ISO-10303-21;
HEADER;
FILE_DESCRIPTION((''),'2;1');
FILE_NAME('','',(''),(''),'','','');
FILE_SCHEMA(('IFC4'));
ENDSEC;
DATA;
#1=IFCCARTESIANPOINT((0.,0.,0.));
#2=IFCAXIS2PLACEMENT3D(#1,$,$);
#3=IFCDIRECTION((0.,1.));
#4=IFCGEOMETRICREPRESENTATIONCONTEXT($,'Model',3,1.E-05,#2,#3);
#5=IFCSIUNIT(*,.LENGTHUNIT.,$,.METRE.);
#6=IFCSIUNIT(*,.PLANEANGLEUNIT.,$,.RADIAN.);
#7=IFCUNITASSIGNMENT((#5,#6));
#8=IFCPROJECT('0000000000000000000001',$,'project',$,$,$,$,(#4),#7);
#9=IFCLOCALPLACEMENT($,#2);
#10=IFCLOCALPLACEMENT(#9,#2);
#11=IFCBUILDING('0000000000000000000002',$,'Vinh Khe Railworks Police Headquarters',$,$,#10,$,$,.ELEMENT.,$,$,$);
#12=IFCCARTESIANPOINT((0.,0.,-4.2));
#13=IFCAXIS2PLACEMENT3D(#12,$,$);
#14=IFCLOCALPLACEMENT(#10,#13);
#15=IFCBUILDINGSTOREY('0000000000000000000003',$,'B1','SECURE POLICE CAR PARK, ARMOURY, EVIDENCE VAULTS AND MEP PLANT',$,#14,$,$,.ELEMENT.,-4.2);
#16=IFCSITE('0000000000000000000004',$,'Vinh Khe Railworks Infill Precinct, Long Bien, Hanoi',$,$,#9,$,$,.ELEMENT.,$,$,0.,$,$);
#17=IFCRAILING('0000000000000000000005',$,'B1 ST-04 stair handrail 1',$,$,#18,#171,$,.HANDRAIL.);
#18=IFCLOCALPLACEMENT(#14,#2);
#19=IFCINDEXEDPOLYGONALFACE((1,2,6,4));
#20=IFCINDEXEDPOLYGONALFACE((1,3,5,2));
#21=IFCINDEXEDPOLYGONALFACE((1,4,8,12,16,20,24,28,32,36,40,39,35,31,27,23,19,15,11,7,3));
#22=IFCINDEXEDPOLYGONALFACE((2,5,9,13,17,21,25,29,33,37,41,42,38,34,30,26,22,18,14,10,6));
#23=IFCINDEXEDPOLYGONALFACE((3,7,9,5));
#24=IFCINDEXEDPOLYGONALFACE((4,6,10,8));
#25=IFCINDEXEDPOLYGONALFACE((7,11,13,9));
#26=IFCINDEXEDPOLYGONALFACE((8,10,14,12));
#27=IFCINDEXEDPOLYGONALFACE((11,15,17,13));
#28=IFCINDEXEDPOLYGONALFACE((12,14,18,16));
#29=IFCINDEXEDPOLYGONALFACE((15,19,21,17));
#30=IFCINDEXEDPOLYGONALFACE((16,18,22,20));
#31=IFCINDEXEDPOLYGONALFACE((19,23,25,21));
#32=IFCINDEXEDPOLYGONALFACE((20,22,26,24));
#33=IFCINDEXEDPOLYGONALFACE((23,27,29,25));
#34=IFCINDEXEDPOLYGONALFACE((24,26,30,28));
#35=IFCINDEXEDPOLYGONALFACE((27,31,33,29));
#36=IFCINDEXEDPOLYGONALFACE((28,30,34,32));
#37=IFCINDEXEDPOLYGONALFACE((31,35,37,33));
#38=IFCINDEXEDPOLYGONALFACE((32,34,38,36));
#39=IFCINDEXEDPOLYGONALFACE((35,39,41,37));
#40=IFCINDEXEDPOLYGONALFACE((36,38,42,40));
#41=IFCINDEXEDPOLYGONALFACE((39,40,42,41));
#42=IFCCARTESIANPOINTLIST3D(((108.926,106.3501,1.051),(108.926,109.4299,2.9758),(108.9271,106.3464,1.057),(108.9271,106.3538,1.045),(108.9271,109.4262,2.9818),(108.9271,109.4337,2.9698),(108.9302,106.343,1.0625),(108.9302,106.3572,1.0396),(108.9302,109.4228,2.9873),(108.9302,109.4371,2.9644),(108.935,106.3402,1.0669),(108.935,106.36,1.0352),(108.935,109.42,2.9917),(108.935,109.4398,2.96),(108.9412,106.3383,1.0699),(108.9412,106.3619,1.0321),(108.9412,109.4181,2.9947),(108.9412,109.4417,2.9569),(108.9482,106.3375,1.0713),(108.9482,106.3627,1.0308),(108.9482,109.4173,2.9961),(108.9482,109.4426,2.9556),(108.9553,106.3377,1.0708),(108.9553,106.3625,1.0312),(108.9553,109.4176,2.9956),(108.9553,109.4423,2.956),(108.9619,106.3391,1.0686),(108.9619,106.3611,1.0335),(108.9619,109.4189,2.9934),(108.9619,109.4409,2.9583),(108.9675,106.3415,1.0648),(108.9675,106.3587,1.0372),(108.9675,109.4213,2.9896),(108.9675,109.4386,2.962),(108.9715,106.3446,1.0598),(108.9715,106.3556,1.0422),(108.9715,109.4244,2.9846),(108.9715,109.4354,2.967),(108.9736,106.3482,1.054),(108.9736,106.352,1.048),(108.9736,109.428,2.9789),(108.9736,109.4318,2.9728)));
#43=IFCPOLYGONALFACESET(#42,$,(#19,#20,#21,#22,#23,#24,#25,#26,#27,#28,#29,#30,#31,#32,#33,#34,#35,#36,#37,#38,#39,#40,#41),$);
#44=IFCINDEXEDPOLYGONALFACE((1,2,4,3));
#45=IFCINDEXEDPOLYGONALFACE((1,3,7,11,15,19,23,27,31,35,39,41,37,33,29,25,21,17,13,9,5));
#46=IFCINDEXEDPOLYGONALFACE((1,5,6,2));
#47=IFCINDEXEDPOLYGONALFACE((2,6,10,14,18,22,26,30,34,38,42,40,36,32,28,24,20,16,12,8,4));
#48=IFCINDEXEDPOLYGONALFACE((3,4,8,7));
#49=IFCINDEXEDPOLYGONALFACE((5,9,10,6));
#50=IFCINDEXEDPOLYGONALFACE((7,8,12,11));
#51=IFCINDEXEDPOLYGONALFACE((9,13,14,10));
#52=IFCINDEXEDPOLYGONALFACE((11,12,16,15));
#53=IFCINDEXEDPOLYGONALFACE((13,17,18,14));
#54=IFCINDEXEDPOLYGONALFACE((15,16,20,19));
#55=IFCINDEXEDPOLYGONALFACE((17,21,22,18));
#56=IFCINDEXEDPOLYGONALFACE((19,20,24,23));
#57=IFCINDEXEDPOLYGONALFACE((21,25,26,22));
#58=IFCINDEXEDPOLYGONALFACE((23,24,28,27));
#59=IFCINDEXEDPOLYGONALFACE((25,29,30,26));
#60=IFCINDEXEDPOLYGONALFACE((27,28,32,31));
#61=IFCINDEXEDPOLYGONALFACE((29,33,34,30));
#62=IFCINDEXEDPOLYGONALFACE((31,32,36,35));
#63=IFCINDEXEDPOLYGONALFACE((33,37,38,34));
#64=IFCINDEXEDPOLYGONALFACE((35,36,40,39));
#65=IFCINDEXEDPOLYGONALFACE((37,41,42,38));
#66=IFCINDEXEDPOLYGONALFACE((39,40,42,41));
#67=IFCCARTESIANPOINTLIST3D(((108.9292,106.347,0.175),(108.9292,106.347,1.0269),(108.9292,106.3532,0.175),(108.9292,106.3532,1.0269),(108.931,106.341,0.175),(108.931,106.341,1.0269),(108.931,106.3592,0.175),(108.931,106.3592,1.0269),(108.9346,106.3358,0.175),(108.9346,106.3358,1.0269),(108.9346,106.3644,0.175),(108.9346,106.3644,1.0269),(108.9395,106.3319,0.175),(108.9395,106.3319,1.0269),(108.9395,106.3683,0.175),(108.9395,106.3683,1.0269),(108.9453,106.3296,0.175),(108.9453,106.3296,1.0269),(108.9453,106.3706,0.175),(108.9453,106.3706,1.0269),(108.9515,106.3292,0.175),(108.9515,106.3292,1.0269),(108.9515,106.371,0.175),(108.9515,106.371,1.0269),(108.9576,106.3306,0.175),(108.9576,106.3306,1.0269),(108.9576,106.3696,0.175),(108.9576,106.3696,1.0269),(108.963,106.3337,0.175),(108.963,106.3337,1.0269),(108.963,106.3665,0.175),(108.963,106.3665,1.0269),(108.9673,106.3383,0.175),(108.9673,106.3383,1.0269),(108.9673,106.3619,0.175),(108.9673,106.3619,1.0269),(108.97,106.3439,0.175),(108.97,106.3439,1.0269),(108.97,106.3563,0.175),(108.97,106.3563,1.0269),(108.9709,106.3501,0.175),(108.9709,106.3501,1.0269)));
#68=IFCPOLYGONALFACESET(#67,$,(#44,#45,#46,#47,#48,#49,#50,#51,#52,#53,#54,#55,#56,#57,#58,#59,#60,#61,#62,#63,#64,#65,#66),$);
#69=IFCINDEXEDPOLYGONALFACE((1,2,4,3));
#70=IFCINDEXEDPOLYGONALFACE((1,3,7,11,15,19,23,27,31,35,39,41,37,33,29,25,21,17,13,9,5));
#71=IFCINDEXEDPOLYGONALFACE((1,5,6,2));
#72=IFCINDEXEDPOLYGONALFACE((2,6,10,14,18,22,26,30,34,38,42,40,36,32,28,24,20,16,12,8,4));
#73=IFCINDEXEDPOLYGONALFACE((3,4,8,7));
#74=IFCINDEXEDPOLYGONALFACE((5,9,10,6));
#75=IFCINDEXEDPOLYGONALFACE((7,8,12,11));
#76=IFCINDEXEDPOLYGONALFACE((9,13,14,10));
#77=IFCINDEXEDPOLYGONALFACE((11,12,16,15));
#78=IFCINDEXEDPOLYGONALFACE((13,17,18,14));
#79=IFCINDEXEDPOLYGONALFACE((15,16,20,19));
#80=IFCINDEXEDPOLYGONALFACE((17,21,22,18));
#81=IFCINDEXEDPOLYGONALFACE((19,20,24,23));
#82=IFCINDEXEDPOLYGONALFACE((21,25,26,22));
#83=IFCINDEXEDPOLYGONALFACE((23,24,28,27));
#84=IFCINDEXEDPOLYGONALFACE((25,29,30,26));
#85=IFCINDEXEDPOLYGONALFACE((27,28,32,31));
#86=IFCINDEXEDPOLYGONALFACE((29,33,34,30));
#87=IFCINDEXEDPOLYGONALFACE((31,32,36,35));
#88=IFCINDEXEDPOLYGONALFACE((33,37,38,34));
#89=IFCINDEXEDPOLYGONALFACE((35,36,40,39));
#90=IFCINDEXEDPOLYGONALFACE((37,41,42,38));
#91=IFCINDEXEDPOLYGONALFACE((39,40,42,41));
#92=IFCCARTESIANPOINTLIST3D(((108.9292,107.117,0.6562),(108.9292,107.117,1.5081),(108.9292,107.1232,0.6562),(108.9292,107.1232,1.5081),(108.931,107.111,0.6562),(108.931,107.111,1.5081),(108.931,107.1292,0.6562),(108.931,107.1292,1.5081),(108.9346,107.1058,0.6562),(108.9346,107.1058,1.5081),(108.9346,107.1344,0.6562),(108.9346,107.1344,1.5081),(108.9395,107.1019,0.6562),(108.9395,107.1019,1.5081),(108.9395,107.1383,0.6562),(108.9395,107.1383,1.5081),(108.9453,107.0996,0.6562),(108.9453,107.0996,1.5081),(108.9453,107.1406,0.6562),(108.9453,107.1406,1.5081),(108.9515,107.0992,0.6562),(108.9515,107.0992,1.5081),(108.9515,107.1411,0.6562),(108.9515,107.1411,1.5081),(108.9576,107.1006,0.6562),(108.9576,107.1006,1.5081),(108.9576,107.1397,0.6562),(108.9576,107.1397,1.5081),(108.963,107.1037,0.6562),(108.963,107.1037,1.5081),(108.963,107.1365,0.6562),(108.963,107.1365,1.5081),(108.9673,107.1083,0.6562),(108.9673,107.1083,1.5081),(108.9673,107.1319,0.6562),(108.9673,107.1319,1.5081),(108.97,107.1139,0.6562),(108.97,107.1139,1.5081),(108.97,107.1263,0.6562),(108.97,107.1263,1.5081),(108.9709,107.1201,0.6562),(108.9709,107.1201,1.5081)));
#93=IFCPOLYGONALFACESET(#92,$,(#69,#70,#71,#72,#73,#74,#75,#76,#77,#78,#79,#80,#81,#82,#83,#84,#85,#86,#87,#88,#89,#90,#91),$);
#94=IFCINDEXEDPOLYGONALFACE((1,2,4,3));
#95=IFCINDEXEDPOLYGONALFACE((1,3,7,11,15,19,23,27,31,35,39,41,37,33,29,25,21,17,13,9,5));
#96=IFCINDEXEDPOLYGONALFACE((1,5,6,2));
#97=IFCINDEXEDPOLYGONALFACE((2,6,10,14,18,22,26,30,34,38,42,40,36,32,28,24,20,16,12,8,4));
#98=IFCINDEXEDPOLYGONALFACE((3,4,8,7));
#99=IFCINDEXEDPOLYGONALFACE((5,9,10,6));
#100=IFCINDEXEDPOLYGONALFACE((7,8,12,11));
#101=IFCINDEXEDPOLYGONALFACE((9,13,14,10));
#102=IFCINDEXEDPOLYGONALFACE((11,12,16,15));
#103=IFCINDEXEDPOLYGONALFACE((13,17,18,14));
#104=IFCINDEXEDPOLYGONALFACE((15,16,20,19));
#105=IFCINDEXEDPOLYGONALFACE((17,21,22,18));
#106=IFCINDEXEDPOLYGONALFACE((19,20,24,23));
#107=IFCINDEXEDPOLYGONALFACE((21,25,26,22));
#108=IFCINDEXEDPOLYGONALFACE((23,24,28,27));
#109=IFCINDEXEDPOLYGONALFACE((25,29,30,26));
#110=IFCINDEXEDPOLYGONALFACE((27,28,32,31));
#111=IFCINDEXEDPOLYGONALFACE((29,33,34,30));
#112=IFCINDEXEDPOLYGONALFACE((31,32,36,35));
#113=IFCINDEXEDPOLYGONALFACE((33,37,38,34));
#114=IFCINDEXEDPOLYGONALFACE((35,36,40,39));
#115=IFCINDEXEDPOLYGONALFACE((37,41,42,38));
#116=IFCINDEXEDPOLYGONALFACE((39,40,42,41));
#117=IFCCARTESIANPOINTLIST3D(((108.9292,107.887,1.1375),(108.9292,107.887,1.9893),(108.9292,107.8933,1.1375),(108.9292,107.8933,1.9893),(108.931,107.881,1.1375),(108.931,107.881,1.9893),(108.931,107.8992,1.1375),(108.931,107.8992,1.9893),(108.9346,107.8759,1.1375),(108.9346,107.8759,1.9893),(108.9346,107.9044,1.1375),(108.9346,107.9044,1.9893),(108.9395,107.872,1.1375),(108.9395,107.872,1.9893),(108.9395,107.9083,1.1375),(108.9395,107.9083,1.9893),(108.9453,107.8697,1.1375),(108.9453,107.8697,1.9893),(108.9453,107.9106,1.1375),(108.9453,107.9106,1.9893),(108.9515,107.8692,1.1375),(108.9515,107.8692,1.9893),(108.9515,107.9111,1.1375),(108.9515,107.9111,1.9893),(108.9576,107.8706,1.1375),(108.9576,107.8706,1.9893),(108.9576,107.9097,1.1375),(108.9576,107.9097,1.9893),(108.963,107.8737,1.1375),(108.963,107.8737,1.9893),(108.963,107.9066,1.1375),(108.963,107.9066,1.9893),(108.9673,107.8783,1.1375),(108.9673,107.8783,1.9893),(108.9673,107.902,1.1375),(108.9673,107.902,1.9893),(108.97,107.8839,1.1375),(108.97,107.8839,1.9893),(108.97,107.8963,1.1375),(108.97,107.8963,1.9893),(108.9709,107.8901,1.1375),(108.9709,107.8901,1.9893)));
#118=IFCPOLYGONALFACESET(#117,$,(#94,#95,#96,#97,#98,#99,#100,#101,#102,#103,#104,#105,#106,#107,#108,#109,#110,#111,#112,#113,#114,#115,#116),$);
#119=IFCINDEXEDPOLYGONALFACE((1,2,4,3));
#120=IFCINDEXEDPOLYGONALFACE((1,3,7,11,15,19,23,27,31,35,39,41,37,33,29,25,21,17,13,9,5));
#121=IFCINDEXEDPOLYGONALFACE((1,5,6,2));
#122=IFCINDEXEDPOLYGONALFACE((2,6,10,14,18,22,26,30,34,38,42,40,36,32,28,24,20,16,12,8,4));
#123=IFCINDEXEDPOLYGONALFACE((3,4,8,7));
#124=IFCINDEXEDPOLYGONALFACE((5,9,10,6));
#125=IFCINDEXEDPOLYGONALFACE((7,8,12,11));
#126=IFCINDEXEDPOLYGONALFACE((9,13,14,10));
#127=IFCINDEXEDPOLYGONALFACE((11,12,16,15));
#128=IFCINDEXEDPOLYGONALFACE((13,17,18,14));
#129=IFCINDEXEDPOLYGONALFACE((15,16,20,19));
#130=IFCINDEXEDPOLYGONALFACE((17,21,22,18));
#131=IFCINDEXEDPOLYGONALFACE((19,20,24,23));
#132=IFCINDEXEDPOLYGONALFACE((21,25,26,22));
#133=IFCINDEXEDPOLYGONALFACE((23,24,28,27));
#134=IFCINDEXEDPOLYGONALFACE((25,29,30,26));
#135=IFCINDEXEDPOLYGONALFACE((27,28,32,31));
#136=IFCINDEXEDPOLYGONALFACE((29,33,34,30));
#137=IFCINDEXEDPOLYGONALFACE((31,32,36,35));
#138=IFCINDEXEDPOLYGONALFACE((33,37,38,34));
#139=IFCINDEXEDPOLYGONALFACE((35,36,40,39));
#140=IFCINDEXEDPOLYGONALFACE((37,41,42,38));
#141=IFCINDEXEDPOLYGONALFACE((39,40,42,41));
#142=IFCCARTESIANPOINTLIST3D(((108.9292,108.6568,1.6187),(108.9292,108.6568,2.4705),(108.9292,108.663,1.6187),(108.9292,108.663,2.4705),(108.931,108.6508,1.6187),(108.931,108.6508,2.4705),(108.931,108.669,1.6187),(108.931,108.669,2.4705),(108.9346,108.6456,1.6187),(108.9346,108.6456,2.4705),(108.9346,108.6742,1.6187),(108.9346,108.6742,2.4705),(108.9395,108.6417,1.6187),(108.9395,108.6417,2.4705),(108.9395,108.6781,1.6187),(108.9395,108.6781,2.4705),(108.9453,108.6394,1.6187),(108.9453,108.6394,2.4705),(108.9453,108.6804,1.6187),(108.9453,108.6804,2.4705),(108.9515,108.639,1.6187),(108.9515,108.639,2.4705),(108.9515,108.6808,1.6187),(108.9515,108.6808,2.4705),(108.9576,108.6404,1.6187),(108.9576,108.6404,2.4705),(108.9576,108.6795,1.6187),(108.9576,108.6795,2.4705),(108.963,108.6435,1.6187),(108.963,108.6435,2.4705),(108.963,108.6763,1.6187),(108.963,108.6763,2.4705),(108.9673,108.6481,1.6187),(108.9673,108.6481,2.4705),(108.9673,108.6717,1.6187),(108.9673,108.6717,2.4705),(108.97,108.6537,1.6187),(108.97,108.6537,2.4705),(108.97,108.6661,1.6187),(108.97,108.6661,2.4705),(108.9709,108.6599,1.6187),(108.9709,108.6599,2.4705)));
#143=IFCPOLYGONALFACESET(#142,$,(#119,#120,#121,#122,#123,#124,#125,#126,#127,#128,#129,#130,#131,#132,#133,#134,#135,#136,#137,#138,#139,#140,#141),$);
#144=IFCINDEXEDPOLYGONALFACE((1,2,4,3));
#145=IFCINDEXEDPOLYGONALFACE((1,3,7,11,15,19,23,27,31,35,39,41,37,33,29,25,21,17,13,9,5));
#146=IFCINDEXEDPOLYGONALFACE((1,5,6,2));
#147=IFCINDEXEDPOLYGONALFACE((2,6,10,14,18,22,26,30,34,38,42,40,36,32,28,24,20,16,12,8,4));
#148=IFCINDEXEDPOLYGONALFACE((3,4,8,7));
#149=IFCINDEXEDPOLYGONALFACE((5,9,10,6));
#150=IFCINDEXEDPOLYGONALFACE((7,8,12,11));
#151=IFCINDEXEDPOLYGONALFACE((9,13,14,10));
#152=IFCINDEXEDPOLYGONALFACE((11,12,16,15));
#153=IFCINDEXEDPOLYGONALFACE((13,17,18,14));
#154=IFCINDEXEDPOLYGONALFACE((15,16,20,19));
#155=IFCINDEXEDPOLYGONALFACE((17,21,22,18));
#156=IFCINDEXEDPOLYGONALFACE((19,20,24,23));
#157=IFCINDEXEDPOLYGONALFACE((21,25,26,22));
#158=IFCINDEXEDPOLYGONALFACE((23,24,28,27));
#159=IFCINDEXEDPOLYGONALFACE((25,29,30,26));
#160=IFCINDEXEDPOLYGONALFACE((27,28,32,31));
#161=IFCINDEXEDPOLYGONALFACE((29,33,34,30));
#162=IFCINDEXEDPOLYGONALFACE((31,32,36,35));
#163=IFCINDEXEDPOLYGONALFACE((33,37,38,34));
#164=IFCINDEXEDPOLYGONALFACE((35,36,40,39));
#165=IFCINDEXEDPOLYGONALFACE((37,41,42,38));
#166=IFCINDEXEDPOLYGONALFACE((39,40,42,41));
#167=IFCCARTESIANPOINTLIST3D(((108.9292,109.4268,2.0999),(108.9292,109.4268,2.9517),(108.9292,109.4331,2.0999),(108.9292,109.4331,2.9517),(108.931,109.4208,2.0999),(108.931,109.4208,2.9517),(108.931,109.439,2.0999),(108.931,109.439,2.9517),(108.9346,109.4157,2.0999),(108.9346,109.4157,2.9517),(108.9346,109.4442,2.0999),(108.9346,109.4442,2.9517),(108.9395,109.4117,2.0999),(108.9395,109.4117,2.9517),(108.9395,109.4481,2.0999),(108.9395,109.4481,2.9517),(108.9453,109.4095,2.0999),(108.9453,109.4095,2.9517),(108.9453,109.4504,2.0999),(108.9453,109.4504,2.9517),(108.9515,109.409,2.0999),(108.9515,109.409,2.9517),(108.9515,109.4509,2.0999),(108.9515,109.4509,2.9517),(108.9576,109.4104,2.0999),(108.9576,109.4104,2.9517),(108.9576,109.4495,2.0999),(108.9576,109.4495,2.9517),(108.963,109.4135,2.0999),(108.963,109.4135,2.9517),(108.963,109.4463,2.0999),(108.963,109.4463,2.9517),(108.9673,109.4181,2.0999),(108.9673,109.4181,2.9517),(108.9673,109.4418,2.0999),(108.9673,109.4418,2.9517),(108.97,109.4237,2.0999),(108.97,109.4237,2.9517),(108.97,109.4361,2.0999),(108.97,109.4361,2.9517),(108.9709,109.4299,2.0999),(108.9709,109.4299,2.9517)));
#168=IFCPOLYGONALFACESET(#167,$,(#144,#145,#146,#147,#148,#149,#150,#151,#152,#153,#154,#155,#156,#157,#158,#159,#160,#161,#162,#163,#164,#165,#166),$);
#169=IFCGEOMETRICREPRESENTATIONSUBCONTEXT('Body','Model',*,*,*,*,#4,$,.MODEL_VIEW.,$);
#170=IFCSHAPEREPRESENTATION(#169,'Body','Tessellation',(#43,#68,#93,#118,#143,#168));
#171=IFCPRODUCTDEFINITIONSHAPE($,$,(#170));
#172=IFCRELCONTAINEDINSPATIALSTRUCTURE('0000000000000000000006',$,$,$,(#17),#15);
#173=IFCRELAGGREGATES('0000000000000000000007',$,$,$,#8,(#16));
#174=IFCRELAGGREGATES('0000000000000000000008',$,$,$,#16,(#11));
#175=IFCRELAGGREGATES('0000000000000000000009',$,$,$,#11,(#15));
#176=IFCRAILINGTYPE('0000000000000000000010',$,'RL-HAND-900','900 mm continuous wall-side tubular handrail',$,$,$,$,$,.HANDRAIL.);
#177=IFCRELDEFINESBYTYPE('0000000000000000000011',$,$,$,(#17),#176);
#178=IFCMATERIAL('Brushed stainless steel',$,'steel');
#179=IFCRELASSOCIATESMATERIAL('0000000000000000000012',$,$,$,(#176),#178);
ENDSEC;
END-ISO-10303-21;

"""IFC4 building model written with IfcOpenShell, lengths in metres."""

from ifc_helpers import new_model, si_unit, direction, frame, origin, origin_2d, place, context, subcontext, project, spatial, circle, extrude, material, type_object, element, save


model = new_model("IFC4")

# Units and contexts
model_context = context("Model", 3, precision=1e-05, world=origin(), true_north=direction((0.0, 1.0)))
body_context = subcontext(model_context, "Body", "Model", "MODEL_VIEW")
ifc_project = project(units=[si_unit("LENGTHUNIT", "METRE"), si_unit("PLANEANGLEUNIT", "RADIAN")], contexts=[model_context])

# Site, building, storey
site_placement = place(None, origin())
site = spatial("IfcSite", under=ifc_project, at=site_placement, Name="Vinh Khe Railworks Infill Precinct, Long Bien, Hanoi", CompositionType="ELEMENT", RefElevation=0.0)
building_placement = place(site_placement, origin())
building = spatial("IfcBuilding", under=site, at=building_placement, Name="Vinh Khe Railworks Police Headquarters", CompositionType="ELEMENT")
storey_placement = place(building_placement, frame((0.0, 0.0, -4.2)))
storey = spatial("IfcBuildingStorey", under=building, at=storey_placement, Name="B1", Description="SECURE POLICE CAR PARK, ARMOURY, EVIDENCE VAULTS AND MEP PLANT", CompositionType="ELEMENT", Elevation=-4.2)

# Railing
ifc_material_1 = material(Name="Brushed stainless steel", Category="steel")
railing_type_1 = type_object("IfcRailingType", Name="RL-HAND-900", Description="900 mm continuous wall-side tubular handrail", PredefinedType="HANDRAIL", material=ifc_material_1)
railing_1_placement = place(storey_placement, frame((108.95, 106.3501, 0.175)))
element("IfcRailing", 1, at=railing_1_placement, inside=storey, type_object=railing_type_1, Name="B1 ST-04 stair handrail 1", PredefinedType="HANDRAIL", context=body_context, shape_type="SweptSolid", body=[
    extrude(circle(Radius=0.0239, at=origin_2d()), frame((0.0, 0.0, 0.876), z_axis=(0.0, 0.84801, 0.529981), x_axis=(-1.0, 0.0, 0.0)), (0.0, 0.0, 1.0), 3.6318),
    extrude(circle(Radius=0.021, at=origin_2d()), origin(), (0.0, 0.0, 1.0), 0.8518),
    extrude(circle(Radius=0.021, at=origin_2d()), frame((0.0, 0.77, 0.4812)), (0.0, 0.0, 1.0), 0.8518),
    extrude(circle(Radius=0.021, at=origin_2d()), frame((0.0, 1.54, 0.9624)), (0.0, 0.0, 1.0), 0.8518),
    extrude(circle(Radius=0.021, at=origin_2d()), frame((0.0, 2.3098, 1.4436)), (0.0, 0.0, 1.0), 0.8518),
    extrude(circle(Radius=0.021, at=origin_2d()), frame((0.0, 3.0798, 1.9248)), (0.0, 0.0, 1.0), 0.8518),
])

save(model, "model.ifc")
